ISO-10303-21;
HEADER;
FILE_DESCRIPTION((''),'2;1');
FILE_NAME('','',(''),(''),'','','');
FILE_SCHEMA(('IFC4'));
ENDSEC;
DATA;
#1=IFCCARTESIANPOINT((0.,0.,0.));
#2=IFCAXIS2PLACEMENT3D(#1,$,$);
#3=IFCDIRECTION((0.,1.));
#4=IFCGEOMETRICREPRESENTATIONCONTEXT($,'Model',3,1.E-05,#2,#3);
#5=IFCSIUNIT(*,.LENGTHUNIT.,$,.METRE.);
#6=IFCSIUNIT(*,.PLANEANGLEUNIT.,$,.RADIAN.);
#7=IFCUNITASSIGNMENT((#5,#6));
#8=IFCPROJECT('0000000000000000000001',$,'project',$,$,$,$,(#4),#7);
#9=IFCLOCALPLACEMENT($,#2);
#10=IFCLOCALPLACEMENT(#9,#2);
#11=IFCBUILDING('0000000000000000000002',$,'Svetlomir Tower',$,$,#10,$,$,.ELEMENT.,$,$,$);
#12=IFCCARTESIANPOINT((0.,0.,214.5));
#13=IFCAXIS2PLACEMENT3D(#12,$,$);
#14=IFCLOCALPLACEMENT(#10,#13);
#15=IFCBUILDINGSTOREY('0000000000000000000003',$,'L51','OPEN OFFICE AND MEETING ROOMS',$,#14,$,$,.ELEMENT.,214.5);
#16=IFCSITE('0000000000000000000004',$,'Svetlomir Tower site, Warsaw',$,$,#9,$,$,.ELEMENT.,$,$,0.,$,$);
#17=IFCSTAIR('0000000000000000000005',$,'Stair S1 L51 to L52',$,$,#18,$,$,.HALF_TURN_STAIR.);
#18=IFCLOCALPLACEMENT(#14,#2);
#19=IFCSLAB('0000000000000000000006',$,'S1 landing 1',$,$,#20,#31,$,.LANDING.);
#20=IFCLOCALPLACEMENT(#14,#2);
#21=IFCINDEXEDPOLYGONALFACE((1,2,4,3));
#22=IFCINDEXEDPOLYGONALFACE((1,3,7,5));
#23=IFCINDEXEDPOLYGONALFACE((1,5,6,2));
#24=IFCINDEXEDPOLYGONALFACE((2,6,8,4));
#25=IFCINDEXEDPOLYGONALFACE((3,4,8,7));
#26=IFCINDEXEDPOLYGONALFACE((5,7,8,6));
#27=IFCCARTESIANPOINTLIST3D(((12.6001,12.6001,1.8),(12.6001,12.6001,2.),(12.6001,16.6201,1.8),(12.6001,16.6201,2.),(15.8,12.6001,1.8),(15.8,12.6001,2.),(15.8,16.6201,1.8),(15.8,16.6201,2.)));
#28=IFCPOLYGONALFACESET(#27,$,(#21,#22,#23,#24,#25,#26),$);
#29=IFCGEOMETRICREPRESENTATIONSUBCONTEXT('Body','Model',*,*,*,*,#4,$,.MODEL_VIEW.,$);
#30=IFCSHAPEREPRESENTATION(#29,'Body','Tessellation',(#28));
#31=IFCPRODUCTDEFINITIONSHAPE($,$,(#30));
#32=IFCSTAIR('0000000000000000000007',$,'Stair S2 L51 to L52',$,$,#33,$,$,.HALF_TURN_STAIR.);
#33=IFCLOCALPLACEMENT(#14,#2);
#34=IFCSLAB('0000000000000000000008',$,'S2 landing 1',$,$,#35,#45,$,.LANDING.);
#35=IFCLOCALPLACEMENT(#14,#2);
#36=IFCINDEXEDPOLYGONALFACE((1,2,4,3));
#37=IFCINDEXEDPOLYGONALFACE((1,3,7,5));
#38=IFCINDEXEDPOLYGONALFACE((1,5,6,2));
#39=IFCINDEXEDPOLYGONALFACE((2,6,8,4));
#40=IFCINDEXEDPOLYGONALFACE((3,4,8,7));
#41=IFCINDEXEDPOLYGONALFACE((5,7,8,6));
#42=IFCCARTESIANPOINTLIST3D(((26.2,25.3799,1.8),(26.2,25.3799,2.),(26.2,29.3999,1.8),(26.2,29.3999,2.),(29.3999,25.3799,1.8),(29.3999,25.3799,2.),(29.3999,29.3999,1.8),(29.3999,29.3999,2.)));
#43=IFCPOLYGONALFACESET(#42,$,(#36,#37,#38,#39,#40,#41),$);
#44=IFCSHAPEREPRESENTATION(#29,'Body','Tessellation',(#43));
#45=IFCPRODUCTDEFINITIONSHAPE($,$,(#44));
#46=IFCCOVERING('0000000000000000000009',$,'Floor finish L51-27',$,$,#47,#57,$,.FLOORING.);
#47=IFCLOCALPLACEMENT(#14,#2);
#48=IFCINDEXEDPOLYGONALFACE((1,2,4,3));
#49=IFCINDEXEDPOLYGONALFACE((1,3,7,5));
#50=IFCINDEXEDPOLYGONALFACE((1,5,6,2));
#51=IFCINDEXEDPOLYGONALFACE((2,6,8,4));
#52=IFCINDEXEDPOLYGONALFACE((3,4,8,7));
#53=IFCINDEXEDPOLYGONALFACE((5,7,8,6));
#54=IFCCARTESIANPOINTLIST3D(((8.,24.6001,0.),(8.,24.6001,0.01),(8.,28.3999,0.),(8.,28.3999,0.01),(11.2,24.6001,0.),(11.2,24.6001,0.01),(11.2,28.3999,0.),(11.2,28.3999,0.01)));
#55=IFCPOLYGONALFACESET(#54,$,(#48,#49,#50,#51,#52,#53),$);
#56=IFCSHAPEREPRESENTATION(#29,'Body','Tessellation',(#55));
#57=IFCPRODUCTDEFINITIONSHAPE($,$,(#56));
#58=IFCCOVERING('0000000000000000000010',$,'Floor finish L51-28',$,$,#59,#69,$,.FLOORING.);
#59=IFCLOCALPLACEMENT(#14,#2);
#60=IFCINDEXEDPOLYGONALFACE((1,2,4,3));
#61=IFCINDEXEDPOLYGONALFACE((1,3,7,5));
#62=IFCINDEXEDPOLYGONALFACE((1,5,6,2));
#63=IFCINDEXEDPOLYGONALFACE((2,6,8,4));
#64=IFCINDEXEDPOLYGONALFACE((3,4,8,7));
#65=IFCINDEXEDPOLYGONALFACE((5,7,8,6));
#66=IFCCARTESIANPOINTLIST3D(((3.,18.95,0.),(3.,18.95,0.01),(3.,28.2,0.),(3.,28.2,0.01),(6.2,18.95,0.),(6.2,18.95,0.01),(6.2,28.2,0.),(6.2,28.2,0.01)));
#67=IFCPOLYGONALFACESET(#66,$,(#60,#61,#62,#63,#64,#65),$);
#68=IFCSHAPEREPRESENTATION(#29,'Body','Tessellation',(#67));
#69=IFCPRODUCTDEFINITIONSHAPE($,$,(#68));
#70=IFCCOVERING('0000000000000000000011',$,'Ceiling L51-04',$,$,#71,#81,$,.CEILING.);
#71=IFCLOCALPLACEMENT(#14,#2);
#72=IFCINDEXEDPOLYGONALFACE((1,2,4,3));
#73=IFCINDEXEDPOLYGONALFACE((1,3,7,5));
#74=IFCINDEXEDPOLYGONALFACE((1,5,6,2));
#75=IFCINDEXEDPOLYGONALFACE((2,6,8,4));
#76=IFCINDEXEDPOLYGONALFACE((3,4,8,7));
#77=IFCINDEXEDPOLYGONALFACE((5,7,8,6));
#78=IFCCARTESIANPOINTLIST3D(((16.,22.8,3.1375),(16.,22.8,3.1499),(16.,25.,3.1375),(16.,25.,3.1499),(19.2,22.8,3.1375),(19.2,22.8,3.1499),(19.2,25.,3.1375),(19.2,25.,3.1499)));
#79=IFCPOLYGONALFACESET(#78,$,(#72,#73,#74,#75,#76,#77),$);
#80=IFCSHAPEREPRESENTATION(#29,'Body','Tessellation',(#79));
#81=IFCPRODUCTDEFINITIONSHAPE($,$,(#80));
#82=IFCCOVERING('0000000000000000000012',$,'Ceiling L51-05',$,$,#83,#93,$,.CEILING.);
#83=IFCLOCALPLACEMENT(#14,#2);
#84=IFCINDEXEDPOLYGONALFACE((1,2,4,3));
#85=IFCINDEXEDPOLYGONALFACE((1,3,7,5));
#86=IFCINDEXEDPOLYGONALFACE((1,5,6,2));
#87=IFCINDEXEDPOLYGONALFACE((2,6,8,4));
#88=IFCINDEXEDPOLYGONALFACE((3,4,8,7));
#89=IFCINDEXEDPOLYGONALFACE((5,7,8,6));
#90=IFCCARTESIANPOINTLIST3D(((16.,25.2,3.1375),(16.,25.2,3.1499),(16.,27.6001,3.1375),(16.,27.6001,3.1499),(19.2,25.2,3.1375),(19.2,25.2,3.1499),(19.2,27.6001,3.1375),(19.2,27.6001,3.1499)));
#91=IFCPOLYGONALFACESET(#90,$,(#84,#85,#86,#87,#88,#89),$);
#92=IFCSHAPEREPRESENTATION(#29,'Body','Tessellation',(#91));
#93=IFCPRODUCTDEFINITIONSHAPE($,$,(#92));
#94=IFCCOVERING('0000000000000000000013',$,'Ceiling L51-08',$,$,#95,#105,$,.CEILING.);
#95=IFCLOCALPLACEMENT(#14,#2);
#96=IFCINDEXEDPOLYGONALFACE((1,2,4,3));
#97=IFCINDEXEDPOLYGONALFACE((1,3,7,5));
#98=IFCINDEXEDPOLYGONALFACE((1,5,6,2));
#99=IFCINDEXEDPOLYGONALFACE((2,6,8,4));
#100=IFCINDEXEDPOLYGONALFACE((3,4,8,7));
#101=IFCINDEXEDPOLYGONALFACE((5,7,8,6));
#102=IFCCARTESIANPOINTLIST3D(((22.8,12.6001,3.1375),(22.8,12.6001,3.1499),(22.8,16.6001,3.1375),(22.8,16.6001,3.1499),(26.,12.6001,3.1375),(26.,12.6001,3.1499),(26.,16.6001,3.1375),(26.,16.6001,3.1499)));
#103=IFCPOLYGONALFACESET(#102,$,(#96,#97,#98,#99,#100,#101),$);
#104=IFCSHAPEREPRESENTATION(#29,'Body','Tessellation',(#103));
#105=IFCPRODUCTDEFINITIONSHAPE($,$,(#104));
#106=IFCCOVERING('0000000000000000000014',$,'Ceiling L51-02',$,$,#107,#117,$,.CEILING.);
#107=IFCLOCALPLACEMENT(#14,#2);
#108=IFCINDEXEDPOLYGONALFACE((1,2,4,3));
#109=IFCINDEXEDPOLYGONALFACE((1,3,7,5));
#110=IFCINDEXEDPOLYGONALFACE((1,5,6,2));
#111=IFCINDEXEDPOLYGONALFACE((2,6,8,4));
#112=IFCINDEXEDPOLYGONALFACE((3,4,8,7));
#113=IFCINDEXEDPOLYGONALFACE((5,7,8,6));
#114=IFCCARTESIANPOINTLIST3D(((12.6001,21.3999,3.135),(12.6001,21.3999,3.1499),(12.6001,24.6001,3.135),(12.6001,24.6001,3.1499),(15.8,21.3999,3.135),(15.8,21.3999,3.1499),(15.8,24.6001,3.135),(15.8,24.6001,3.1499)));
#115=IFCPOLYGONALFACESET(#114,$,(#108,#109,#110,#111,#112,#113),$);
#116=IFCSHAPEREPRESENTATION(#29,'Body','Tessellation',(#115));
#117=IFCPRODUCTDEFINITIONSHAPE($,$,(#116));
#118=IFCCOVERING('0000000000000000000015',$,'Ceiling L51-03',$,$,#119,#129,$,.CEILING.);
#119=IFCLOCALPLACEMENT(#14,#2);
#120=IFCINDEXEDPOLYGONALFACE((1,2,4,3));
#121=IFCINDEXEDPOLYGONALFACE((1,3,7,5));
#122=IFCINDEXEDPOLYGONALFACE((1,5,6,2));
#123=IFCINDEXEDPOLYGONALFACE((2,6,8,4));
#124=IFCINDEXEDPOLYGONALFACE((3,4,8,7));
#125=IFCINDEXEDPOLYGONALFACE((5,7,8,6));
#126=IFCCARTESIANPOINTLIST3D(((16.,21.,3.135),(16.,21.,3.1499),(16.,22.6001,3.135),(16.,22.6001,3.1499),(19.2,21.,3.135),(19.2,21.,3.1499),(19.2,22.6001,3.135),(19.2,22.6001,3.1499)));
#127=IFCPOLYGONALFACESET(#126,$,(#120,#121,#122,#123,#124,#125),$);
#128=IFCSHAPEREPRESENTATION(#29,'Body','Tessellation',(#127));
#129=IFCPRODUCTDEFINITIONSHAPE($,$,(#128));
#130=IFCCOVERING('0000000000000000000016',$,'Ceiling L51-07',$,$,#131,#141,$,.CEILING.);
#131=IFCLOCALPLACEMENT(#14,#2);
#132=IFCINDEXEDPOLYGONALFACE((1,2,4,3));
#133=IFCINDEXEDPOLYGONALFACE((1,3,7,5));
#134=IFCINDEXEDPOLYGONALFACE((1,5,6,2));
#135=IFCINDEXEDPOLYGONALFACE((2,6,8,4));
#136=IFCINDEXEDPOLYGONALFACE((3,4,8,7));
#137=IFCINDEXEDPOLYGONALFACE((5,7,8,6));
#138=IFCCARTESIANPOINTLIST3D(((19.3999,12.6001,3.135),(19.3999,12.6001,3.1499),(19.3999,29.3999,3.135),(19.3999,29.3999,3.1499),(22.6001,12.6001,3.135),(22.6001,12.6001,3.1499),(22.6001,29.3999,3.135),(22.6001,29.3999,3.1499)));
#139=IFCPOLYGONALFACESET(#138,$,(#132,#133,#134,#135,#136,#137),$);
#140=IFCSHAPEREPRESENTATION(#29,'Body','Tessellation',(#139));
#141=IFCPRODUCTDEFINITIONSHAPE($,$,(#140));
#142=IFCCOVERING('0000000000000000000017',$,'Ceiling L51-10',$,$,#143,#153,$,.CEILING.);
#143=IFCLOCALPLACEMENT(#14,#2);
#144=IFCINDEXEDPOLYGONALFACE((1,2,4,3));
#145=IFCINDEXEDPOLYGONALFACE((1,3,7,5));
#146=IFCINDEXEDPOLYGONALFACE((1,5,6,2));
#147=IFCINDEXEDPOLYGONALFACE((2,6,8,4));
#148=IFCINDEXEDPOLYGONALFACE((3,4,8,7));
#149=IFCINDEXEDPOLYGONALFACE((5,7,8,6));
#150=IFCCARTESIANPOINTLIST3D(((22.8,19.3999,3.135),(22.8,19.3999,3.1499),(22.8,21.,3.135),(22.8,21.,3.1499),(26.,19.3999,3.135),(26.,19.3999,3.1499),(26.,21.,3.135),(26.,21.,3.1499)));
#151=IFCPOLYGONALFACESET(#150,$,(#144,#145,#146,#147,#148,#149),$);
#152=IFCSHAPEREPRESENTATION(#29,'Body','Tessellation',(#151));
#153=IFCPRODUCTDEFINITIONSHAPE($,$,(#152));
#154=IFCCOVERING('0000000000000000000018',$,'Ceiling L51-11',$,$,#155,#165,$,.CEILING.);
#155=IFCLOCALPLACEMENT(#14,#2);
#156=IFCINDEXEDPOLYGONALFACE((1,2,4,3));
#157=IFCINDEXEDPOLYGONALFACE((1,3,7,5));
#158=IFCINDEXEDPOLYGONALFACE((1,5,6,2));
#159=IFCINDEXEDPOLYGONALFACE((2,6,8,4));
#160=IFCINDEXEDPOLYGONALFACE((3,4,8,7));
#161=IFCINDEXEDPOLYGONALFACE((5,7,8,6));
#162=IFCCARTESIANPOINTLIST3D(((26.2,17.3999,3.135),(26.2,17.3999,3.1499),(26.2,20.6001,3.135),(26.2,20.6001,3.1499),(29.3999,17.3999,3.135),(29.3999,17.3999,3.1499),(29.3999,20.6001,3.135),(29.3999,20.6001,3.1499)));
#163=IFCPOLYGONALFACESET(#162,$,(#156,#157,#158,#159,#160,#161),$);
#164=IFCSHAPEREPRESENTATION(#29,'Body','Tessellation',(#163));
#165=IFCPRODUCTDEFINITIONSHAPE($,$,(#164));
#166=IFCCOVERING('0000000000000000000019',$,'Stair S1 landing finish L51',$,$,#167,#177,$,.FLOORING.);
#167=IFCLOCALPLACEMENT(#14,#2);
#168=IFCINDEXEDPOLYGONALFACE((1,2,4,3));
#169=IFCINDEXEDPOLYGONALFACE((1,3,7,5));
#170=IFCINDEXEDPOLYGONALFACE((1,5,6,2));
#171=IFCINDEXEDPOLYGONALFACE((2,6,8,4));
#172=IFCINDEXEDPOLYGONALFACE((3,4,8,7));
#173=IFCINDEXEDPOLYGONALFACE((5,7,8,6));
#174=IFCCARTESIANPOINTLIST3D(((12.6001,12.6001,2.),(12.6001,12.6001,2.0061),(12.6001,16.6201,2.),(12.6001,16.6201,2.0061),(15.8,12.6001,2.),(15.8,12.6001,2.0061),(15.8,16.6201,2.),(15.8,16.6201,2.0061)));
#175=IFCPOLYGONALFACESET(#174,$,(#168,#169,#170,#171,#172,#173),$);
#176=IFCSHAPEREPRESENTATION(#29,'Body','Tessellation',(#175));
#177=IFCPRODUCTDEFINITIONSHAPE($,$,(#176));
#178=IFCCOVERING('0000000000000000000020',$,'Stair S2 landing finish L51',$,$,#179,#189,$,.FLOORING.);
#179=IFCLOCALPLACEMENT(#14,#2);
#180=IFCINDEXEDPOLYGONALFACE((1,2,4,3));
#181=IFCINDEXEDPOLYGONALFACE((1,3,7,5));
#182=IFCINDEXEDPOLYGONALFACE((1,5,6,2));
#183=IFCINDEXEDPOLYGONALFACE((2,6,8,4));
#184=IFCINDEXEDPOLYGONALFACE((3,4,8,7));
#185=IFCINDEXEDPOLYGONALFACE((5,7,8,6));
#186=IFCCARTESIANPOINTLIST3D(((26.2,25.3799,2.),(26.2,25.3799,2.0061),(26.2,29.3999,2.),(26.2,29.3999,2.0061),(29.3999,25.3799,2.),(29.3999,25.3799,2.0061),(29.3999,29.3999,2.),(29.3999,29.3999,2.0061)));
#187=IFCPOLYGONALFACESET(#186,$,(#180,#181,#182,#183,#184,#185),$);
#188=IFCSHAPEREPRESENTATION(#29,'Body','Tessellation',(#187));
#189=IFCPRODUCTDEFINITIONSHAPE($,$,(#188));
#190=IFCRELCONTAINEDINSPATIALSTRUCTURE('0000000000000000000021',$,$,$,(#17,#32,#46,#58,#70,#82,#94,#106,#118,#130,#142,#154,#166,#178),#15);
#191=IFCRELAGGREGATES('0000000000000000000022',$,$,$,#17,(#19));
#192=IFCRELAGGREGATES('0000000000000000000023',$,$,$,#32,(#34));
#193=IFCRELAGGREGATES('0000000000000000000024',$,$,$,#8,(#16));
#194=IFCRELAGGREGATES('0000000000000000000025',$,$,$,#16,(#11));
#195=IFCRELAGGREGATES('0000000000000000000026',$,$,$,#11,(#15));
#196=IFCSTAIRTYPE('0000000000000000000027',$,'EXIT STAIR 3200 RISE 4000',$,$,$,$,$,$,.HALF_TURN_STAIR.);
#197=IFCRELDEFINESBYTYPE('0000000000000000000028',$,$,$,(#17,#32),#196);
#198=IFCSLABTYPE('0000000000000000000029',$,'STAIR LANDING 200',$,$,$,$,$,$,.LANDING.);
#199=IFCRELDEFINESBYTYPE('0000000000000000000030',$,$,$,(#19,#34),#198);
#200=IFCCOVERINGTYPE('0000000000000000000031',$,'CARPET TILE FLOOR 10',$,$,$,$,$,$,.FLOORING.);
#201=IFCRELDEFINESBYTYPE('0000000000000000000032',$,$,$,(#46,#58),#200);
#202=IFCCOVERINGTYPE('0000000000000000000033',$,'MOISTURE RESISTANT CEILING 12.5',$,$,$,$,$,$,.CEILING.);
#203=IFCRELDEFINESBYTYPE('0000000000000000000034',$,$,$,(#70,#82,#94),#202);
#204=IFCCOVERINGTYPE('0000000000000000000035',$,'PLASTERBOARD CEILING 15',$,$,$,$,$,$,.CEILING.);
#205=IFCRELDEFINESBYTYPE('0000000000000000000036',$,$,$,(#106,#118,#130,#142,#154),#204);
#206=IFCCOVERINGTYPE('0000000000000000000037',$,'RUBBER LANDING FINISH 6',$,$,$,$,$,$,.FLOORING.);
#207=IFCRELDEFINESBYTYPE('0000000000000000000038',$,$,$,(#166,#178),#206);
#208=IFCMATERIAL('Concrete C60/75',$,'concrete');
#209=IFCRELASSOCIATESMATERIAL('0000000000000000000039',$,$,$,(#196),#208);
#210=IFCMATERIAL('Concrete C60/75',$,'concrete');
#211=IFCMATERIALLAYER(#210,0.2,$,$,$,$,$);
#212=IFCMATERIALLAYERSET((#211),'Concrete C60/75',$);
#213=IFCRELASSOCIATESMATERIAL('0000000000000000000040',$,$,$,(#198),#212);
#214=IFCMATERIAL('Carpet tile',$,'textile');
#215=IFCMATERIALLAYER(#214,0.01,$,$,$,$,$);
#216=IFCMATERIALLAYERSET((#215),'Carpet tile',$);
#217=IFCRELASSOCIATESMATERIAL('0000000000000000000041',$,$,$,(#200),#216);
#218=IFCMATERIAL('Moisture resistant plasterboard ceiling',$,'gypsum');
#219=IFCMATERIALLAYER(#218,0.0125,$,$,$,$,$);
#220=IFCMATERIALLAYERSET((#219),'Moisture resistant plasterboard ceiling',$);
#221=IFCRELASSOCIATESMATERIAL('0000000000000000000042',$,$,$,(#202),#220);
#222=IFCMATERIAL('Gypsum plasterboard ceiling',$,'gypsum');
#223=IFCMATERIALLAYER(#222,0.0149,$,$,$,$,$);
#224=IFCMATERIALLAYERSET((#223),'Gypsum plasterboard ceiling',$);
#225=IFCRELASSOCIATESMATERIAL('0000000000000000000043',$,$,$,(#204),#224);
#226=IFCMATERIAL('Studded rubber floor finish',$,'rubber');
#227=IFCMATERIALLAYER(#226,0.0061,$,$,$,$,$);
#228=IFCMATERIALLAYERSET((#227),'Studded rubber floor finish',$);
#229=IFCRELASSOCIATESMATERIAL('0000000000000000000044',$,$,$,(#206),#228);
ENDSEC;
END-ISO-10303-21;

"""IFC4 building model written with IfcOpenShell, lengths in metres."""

from ifc_helpers import new_model, si_unit, direction, frame, origin, place, context, subcontext, project, spatial, polyline, outline, extrude, material, layer, layer_set, type_object, element, aggregate, save


model = new_model("IFC4")

# Units and contexts
model_context = context("Model", 3, precision=1e-05, world=origin(), true_north=direction((0.0, 1.0)))
body_context = subcontext(model_context, "Body", "Model", "MODEL_VIEW")
ifc_project = project(units=[si_unit("LENGTHUNIT", "METRE"), si_unit("PLANEANGLEUNIT", "RADIAN")], contexts=[model_context])

# Site, building, storey
site_placement = place(None, origin())
site = spatial("IfcSite", under=ifc_project, at=site_placement, Name="Svetlomir Tower site, Warsaw", CompositionType="ELEMENT", RefElevation=0.0)
building_placement = place(site_placement, origin())
building = spatial("IfcBuilding", under=site, at=building_placement, Name="Svetlomir Tower", CompositionType="ELEMENT")
storey_placement = place(building_placement, frame((0.0, 0.0, 214.5)))
storey = spatial("IfcBuildingStorey", under=building, at=storey_placement, Name="L51", Description="OPEN OFFICE AND MEETING ROOMS", CompositionType="ELEMENT", Elevation=214.5)

# Stairs, slabs
ifc_material_1 = material(Name="Concrete C60/75", Category="concrete")
stair_type = type_object("IfcStairType", Name="EXIT STAIR 3200 RISE 4000", PredefinedType="HALF_TURN_STAIR", material=ifc_material_1)
stair_1_placement = place(storey_placement, origin())
stair_1 = element("IfcStair", 1, at=stair_1_placement, inside=storey, type_object=stair_type, Name="Stair S1 L51 to L52", PredefinedType="HALF_TURN_STAIR")
ifc_material_2 = material(Name="Concrete C60/75", Category="concrete")
ifc_layer_1 = layer(ifc_material_2, 0.2)
ifc_layer_set_1 = layer_set([ifc_layer_1], Name="Concrete C60/75")
slab_type = type_object("IfcSlabType", Name="STAIR LANDING 200", PredefinedType="LANDING", material=ifc_layer_set_1)
slab_1_placement = place(storey_placement, frame((0.0, 0.0, 1.8)))
slab_1 = element("IfcSlab", 2, at=slab_1_placement, type_object=slab_type, Name="S1 landing 1", PredefinedType="LANDING", context=body_context, shape_type="SweptSolid", body=[
    extrude(outline(polyline([(12.6001, 12.6001), (15.8, 12.6001), (15.8, 16.6201), (12.6001, 16.6201), (12.6001, 12.6001)])), origin(), (0.0, 0.0, 1.0), 0.2),
])
aggregate(stair_1, [slab_1])
stair_2_placement = place(storey_placement, origin())
stair_2 = element("IfcStair", 3, at=stair_2_placement, inside=storey, type_object=stair_type, Name="Stair S2 L51 to L52", PredefinedType="HALF_TURN_STAIR")
slab_2_placement = place(storey_placement, frame((0.0, 0.0, 1.8)))
slab_2 = element("IfcSlab", 4, at=slab_2_placement, type_object=slab_type, Name="S2 landing 1", PredefinedType="LANDING", context=body_context, shape_type="SweptSolid", body=[
    extrude(outline(polyline([(26.2, 25.3799), (29.3999, 25.3799), (29.3999, 29.3999), (26.2, 29.3999), (26.2, 25.3799)])), origin(), (0.0, 0.0, 1.0), 0.2),
])
aggregate(stair_2, [slab_2])

# Coverings
ifc_material_3 = material(Name="Carpet tile", Category="textile")
ifc_layer_2 = layer(ifc_material_3, 0.01)
ifc_layer_set_2 = layer_set([ifc_layer_2], Name="Carpet tile")
covering_type_1 = type_object("IfcCoveringType", Name="CARPET TILE FLOOR 10", PredefinedType="FLOORING", material=ifc_layer_set_2)
covering_1_placement = place(storey_placement, origin())
element("IfcCovering", 5, at=covering_1_placement, inside=storey, type_object=covering_type_1, Name="Floor finish L51-27", PredefinedType="FLOORING", context=body_context, shape_type="SweptSolid", body=[
    extrude(outline(polyline([(8.0, 24.6001), (11.2, 24.6001), (11.2, 28.3999), (8.0, 28.3999), (8.0, 24.6001)])), origin(), (0.0, 0.0, 1.0), 0.01),
])
covering_2_placement = place(storey_placement, origin())
element("IfcCovering", 6, at=covering_2_placement, inside=storey, type_object=covering_type_1, Name="Floor finish L51-28", PredefinedType="FLOORING", context=body_context, shape_type="SweptSolid", body=[
    extrude(outline(polyline([(3.0, 18.95), (6.2, 18.95), (6.2, 28.2), (3.0, 28.2), (3.0, 18.95)])), origin(), (0.0, 0.0, 1.0), 0.01),
])
ifc_material_4 = material(Name="Moisture resistant plasterboard ceiling", Category="gypsum")
ifc_layer_3 = layer(ifc_material_4, 0.0125)
ifc_layer_set_3 = layer_set([ifc_layer_3], Name="Moisture resistant plasterboard ceiling")
covering_type_2 = type_object("IfcCoveringType", Name="MOISTURE RESISTANT CEILING 12.5", PredefinedType="CEILING", material=ifc_layer_set_3)
covering_3_placement = place(storey_placement, frame((0.0, 0.0, 3.1375)))
element("IfcCovering", 7, at=covering_3_placement, inside=storey, type_object=covering_type_2, Name="Ceiling L51-04", PredefinedType="CEILING", context=body_context, shape_type="SweptSolid", body=[
    extrude(outline(polyline([(16.0, 22.8), (19.2, 22.8), (19.2, 25.0), (16.0, 25.0), (16.0, 22.8)])), origin(), (0.0, 0.0, 1.0), 0.0125),
])
covering_4_placement = place(storey_placement, frame((0.0, 0.0, 3.1375)))
element("IfcCovering", 8, at=covering_4_placement, inside=storey, type_object=covering_type_2, Name="Ceiling L51-05", PredefinedType="CEILING", context=body_context, shape_type="SweptSolid", body=[
    extrude(outline(polyline([(16.0, 25.2), (19.2, 25.2), (19.2, 27.6001), (16.0, 27.6001), (16.0, 25.2)])), origin(), (0.0, 0.0, 1.0), 0.0125),
])
covering_5_placement = place(storey_placement, frame((0.0, 0.0, 3.1375)))
element("IfcCovering", 9, at=covering_5_placement, inside=storey, type_object=covering_type_2, Name="Ceiling L51-08", PredefinedType="CEILING", context=body_context, shape_type="SweptSolid", body=[
    extrude(outline(polyline([(22.8, 12.6001), (26.0, 12.6001), (26.0, 16.6001), (22.8, 16.6001), (22.8, 12.6001)])), origin(), (0.0, 0.0, 1.0), 0.0125),
])
ifc_material_5 = material(Name="Gypsum plasterboard ceiling", Category="gypsum")
ifc_layer_4 = layer(ifc_material_5, 0.0149)
ifc_layer_set_4 = layer_set([ifc_layer_4], Name="Gypsum plasterboard ceiling")
covering_type_3 = type_object("IfcCoveringType", Name="PLASTERBOARD CEILING 15", PredefinedType="CEILING", material=ifc_layer_set_4)
covering_6_placement = place(storey_placement, frame((0.0, 0.0, 3.135)))
element("IfcCovering", 10, at=covering_6_placement, inside=storey, type_object=covering_type_3, Name="Ceiling L51-02", PredefinedType="CEILING", context=body_context, shape_type="SweptSolid", body=[
    extrude(outline(polyline([(12.6001, 21.3999), (15.8, 21.3999), (15.8, 24.6001), (12.6001, 24.6001), (12.6001, 21.3999)])), origin(), (0.0, 0.0, 1.0), 0.0149),
])
covering_7_placement = place(storey_placement, frame((0.0, 0.0, 3.135)))
element("IfcCovering", 11, at=covering_7_placement, inside=storey, type_object=covering_type_3, Name="Ceiling L51-03", PredefinedType="CEILING", context=body_context, shape_type="SweptSolid", body=[
    extrude(outline(polyline([(16.0, 21.0), (19.2, 21.0), (19.2, 22.6001), (16.0, 22.6001), (16.0, 21.0)])), origin(), (0.0, 0.0, 1.0), 0.0149),
])
covering_8_placement = place(storey_placement, frame((0.0, 0.0, 3.135)))
element("IfcCovering", 12, at=covering_8_placement, inside=storey, type_object=covering_type_3, Name="Ceiling L51-07", PredefinedType="CEILING", context=body_context, shape_type="SweptSolid", body=[
    extrude(outline(polyline([(19.3999, 12.6001), (22.6001, 12.6001), (22.6001, 29.3999), (19.3999, 29.3999), (19.3999, 12.6001)])), origin(), (0.0, 0.0, 1.0), 0.0149),
])
covering_9_placement = place(storey_placement, frame((0.0, 0.0, 3.135)))
element("IfcCovering", 13, at=covering_9_placement, inside=storey, type_object=covering_type_3, Name="Ceiling L51-10", PredefinedType="CEILING", context=body_context, shape_type="SweptSolid", body=[
    extrude(outline(polyline([(22.8, 19.3999), (26.0, 19.3999), (26.0, 21.0), (22.8, 21.0), (22.8, 19.3999)])), origin(), (0.0, 0.0, 1.0), 0.0149),
])
covering_10_placement = place(storey_placement, frame((0.0, 0.0, 3.135)))
element("IfcCovering", 14, at=covering_10_placement, inside=storey, type_object=covering_type_3, Name="Ceiling L51-11", PredefinedType="CEILING", context=body_context, shape_type="SweptSolid", body=[
    extrude(outline(polyline([(26.2, 17.3999), (29.3999, 17.3999), (29.3999, 20.6001), (26.2, 20.6001), (26.2, 17.3999)])), origin(), (0.0, 0.0, 1.0), 0.0149),
])
ifc_material_6 = material(Name="Studded rubber floor finish", Category="rubber")
ifc_layer_5 = layer(ifc_material_6, 0.0061)
ifc_layer_set_5 = layer_set([ifc_layer_5], Name="Studded rubber floor finish")
covering_type_4 = type_object("IfcCoveringType", Name="RUBBER LANDING FINISH 6", PredefinedType="FLOORING", material=ifc_layer_set_5)
covering_11_placement = place(storey_placement, frame((0.0, 0.0, 2.0)))
element("IfcCovering", 15, at=covering_11_placement, inside=storey, type_object=covering_type_4, Name="Stair S1 landing finish L51", PredefinedType="FLOORING", context=body_context, shape_type="SweptSolid", body=[
    extrude(outline(polyline([(12.6001, 12.6001), (15.8, 12.6001), (15.8, 16.6201), (12.6001, 16.6201), (12.6001, 12.6001)])), origin(), (0.0, 0.0, 1.0), 0.0061),
])
covering_12_placement = place(storey_placement, frame((0.0, 0.0, 2.0)))
element("IfcCovering", 16, at=covering_12_placement, inside=storey, type_object=covering_type_4, Name="Stair S2 landing finish L51", PredefinedType="FLOORING", context=body_context, shape_type="SweptSolid", body=[
    extrude(outline(polyline([(26.2, 25.3799), (29.3999, 25.3799), (29.3999, 29.3999), (26.2, 29.3999), (26.2, 25.3799)])), origin(), (0.0, 0.0, 1.0), 0.0061),
])

save(model, "model.ifc")
